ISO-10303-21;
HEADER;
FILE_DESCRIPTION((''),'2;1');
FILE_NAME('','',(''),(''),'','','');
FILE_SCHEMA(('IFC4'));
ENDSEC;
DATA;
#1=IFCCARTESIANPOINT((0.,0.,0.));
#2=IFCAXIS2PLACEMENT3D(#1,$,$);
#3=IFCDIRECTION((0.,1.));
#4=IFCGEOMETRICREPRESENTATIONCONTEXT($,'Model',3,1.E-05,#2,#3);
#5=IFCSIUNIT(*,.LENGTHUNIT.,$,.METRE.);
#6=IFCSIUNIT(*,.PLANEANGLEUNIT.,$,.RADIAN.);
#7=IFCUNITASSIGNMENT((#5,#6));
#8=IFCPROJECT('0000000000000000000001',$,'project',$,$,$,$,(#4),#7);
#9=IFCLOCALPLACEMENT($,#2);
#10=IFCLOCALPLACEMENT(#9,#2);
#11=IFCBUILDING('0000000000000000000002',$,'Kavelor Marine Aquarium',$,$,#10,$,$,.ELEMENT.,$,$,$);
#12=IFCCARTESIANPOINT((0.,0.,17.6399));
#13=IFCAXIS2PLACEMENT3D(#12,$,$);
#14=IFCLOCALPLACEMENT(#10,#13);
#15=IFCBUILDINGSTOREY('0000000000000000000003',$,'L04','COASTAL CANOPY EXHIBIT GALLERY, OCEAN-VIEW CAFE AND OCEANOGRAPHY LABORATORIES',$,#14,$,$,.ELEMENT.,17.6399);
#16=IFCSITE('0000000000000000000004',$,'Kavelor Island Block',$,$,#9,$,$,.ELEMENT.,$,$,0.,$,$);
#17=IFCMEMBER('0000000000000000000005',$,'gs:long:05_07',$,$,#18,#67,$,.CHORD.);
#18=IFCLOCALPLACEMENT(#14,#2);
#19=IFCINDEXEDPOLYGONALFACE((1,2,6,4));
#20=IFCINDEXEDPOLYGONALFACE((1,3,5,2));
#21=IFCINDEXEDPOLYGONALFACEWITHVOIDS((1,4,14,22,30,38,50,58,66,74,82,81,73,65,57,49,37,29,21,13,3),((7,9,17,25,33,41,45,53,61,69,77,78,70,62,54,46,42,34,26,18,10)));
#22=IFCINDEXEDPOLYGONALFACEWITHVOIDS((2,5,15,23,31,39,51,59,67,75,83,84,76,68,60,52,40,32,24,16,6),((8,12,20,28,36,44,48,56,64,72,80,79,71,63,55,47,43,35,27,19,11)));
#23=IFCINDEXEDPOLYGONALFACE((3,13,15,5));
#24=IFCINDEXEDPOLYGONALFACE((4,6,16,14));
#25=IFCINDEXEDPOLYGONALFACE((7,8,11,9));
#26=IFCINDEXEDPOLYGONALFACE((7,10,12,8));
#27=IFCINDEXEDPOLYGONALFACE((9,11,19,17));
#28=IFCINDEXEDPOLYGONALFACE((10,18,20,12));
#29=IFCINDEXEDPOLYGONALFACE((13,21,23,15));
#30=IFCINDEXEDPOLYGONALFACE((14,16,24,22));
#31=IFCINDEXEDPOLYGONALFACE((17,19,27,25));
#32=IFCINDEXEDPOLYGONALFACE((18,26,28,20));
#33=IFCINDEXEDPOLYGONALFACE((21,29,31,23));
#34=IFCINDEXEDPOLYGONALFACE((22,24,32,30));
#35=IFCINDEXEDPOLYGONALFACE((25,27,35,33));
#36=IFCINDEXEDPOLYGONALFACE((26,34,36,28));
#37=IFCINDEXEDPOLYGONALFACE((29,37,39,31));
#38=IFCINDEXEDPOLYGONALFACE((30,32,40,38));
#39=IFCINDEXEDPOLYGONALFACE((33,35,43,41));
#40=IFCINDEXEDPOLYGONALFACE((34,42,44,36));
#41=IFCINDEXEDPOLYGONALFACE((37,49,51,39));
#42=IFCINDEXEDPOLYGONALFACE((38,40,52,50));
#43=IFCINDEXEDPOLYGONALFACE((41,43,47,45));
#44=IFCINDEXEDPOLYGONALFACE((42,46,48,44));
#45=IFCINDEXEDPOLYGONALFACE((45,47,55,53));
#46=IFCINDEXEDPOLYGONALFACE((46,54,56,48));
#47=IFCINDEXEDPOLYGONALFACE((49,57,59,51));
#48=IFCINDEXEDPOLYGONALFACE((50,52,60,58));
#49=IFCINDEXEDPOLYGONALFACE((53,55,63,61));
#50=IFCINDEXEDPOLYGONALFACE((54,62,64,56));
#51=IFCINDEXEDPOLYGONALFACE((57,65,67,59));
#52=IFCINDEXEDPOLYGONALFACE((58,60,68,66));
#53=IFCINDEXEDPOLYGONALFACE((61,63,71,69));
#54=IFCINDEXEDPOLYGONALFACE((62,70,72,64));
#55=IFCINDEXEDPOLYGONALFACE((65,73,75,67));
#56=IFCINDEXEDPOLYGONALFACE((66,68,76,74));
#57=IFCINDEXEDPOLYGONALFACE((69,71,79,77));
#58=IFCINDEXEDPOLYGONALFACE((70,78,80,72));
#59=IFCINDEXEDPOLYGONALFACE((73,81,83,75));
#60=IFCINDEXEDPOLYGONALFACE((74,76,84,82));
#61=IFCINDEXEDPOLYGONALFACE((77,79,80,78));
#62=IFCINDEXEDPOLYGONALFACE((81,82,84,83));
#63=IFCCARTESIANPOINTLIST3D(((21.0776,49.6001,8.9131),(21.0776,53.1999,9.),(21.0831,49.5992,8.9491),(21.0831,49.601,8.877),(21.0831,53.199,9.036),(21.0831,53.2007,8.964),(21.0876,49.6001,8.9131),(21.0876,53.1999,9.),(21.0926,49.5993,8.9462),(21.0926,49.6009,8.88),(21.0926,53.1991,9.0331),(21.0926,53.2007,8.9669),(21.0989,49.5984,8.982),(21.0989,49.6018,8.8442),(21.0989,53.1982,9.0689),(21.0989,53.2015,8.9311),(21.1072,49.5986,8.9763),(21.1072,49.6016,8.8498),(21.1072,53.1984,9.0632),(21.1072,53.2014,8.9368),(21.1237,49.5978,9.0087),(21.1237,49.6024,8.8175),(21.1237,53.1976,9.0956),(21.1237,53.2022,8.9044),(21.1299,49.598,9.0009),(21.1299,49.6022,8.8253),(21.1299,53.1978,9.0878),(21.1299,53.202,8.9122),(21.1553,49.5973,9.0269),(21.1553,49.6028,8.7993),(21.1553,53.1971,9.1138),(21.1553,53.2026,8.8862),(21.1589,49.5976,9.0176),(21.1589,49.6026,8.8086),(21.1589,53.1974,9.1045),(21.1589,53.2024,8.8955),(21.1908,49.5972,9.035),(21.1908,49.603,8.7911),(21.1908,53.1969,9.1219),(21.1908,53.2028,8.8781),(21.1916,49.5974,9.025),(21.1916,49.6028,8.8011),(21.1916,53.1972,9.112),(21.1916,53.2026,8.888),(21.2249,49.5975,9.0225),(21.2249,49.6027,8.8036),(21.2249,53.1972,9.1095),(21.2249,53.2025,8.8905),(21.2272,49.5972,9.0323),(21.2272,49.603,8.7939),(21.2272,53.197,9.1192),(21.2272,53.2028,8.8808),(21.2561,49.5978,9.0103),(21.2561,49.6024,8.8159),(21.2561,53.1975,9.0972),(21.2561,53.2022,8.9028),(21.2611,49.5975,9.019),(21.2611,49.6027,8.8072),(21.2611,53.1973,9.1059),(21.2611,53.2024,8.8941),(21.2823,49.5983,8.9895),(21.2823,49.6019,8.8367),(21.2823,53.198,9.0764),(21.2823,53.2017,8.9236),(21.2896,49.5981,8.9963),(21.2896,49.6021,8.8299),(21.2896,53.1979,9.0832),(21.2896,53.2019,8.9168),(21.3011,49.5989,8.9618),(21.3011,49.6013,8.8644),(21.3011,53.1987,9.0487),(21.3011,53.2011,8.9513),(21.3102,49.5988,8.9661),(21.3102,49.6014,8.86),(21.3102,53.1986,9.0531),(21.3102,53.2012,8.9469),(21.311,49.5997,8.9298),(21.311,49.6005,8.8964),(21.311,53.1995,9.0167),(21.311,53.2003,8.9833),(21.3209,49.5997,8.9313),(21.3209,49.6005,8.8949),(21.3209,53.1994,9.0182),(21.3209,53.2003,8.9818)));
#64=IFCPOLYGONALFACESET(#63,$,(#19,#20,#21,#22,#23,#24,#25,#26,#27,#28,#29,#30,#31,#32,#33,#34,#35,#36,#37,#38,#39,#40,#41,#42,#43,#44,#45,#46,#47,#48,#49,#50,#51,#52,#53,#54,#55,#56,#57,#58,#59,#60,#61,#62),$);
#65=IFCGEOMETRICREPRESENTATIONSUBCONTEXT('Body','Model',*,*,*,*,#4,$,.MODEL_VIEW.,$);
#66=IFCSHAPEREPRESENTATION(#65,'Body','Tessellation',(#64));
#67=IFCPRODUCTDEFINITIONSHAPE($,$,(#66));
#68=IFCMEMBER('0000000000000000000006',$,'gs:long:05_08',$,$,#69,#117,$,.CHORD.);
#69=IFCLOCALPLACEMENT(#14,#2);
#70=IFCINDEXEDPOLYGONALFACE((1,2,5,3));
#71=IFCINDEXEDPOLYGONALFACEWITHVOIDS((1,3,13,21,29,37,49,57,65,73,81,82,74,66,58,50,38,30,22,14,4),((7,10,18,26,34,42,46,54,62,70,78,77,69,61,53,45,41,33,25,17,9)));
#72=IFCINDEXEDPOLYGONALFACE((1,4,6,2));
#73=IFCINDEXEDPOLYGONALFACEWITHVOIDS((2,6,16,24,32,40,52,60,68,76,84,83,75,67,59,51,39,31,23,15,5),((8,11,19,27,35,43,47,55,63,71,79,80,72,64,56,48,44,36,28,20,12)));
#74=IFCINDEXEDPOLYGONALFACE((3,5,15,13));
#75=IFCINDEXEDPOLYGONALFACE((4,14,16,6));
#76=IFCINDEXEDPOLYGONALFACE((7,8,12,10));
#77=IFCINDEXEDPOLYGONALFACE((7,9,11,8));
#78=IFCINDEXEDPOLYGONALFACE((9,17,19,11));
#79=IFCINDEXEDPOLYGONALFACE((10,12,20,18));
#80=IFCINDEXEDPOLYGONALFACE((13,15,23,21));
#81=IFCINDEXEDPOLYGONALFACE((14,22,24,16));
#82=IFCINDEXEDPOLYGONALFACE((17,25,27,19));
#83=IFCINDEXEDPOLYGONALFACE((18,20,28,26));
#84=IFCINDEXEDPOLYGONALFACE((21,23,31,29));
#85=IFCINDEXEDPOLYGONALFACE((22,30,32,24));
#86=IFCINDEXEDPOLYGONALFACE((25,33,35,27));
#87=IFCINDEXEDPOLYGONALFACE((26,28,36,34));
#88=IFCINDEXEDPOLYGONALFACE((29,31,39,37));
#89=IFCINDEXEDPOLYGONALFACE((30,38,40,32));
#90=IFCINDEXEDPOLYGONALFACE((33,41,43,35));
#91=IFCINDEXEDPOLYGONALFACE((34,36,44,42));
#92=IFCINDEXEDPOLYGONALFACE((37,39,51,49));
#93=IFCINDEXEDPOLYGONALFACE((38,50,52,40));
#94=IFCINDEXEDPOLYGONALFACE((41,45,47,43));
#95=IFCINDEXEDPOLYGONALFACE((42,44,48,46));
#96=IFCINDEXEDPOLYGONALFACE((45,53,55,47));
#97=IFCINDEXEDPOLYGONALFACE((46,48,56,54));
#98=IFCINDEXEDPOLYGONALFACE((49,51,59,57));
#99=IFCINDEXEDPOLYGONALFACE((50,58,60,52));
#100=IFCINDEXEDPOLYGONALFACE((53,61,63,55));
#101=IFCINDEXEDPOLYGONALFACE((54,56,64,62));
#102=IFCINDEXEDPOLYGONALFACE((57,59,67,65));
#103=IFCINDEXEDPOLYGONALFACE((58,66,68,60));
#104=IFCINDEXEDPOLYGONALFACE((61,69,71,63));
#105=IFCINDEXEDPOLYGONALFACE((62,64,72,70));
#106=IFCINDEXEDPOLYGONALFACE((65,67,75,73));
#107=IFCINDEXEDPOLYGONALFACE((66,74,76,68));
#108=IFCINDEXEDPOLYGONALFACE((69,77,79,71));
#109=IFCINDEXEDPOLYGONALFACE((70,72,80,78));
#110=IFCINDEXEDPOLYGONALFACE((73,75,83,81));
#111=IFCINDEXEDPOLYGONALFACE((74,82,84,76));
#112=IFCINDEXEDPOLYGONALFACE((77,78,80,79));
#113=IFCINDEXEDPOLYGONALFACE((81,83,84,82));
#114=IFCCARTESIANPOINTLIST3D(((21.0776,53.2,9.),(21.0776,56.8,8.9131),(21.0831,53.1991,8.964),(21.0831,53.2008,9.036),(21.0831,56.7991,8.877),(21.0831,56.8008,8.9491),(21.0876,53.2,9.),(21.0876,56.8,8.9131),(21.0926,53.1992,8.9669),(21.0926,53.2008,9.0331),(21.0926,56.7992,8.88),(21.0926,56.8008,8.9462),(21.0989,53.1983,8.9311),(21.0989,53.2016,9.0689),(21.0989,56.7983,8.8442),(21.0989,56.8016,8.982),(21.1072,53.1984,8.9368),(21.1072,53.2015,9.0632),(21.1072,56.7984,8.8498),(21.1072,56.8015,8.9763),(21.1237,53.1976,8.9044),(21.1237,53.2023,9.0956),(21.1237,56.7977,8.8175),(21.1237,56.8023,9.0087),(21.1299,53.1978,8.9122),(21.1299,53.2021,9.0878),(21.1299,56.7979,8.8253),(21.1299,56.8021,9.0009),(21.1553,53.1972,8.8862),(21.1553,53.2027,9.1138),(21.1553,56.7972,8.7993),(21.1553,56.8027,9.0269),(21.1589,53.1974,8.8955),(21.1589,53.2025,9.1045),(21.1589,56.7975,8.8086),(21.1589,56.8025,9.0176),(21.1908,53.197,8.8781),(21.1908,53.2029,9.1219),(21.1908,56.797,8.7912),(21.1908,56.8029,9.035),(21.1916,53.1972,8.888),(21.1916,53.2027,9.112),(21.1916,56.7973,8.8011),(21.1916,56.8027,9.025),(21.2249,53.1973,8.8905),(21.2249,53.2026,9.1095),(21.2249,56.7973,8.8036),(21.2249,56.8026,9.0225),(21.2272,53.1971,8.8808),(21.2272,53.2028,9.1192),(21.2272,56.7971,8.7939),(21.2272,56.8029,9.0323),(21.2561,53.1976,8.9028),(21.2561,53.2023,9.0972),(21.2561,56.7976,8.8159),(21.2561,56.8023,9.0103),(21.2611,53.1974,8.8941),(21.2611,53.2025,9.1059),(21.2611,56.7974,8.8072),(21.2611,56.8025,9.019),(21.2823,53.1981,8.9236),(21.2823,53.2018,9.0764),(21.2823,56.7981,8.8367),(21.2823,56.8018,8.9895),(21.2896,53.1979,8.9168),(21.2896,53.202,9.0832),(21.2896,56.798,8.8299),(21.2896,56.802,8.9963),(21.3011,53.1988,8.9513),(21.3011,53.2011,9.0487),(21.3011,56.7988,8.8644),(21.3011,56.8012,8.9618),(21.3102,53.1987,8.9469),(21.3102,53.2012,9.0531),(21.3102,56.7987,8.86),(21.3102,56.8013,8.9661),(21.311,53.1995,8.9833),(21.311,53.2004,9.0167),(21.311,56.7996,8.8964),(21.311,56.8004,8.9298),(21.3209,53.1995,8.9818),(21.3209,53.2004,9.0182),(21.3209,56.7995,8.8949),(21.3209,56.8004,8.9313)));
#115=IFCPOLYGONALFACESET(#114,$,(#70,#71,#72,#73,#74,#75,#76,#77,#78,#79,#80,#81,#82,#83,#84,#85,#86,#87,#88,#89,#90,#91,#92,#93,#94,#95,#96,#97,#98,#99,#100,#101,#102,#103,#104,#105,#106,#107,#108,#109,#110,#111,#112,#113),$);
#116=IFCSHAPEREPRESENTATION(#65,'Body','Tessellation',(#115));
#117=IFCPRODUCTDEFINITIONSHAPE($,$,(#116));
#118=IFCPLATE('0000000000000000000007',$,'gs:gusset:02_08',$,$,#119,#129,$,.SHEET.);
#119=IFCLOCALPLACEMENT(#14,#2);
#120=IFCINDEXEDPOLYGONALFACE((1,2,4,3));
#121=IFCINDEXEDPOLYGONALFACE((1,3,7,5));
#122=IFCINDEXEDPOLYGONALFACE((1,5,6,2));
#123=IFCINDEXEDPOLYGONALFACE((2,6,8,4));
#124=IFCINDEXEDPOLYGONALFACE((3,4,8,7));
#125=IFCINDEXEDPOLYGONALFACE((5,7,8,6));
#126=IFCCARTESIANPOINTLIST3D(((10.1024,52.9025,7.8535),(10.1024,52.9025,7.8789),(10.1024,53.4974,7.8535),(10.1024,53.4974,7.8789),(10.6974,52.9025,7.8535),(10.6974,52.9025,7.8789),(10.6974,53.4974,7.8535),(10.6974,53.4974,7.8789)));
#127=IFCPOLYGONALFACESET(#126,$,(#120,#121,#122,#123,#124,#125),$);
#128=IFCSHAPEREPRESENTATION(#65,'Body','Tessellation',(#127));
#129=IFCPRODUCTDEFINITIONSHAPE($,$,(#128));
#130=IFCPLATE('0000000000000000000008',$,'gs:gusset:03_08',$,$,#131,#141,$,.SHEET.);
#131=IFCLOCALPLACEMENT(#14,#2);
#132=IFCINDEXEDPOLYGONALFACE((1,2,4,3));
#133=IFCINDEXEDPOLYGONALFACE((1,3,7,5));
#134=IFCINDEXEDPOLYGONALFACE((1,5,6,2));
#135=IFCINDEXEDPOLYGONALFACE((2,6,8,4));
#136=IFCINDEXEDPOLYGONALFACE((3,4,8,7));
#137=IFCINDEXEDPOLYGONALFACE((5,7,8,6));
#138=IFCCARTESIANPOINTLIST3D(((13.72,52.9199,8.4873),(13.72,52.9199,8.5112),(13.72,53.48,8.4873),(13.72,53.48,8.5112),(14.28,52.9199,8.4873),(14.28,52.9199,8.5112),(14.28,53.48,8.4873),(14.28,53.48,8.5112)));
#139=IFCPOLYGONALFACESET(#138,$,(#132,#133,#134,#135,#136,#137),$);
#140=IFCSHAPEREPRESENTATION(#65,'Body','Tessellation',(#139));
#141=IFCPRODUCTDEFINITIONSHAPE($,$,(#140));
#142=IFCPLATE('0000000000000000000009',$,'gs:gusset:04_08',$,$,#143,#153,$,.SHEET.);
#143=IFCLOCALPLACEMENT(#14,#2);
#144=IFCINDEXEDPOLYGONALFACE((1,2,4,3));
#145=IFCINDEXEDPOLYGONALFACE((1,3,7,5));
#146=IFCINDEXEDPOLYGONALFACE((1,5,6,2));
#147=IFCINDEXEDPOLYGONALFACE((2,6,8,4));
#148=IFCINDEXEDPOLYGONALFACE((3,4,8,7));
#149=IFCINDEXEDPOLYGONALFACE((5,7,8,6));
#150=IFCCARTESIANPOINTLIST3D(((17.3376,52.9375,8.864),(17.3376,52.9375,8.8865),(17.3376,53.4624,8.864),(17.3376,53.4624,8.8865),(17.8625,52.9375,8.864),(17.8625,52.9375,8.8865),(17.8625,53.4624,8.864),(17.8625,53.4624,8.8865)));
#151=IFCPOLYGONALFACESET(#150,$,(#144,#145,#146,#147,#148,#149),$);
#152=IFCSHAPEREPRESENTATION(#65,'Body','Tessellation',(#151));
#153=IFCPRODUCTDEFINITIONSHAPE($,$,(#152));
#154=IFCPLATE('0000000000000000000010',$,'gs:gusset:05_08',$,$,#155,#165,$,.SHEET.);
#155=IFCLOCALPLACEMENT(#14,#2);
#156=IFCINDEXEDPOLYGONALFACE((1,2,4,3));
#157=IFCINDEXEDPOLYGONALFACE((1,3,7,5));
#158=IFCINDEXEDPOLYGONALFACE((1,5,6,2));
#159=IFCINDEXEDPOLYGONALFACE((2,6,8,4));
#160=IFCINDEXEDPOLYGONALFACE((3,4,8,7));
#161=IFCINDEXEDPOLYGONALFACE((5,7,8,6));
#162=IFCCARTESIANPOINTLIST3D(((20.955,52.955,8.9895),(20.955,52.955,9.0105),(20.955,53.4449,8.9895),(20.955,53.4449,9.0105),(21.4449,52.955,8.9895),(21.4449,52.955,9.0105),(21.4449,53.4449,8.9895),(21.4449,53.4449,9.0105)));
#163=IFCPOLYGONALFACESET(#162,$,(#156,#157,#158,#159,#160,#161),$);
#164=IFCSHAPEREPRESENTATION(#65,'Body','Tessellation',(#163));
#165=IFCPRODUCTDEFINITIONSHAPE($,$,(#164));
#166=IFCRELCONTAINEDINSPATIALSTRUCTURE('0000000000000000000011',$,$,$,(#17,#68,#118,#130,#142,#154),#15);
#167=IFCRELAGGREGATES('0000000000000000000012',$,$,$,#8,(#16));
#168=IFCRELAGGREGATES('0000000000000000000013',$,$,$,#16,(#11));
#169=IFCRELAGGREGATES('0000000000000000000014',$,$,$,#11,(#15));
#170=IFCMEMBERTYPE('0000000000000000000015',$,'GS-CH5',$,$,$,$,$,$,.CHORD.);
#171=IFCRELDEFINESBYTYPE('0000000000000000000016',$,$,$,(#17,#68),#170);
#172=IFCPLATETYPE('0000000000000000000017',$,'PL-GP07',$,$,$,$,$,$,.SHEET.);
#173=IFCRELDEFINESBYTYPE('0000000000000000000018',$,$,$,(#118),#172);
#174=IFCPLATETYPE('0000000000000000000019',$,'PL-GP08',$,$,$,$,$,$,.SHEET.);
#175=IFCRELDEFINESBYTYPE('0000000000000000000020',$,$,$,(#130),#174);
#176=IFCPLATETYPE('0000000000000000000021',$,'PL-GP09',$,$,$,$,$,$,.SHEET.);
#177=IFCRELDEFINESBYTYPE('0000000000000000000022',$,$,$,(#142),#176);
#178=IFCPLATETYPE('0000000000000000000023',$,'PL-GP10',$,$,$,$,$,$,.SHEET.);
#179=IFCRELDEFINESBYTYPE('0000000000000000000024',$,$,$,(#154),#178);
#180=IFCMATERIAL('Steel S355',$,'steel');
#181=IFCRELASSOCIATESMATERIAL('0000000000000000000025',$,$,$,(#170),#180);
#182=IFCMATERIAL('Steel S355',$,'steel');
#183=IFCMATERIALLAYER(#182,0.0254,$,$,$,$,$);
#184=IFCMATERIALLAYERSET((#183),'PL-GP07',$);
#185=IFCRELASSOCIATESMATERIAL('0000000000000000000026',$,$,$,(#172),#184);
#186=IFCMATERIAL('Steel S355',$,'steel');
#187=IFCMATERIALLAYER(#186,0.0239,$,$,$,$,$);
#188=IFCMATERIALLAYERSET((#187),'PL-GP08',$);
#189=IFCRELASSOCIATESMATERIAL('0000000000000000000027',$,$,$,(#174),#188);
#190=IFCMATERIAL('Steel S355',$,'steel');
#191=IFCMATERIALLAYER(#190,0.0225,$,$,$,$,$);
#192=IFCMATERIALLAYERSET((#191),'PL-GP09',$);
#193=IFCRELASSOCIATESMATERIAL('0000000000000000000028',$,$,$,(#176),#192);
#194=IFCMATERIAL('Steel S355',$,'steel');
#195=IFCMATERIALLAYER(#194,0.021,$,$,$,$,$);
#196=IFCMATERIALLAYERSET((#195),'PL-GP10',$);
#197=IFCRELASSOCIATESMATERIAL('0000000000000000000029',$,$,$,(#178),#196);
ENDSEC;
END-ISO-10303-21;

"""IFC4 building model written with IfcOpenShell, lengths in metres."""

from ifc_helpers import new_model, si_unit, direction, frame, origin, origin_2d, place, context, subcontext, project, spatial, rectangle, hollow_circle, extrude, material, layer, layer_set, material_profile, profile_set, type_object, element, save


model = new_model("IFC4")

# Units and contexts
model_context = context("Model", 3, precision=1e-05, world=origin(), true_north=direction((0.0, 1.0)))
body_context = subcontext(model_context, "Body", "Model", "MODEL_VIEW")
ifc_project = project(units=[si_unit("LENGTHUNIT", "METRE"), si_unit("PLANEANGLEUNIT", "RADIAN")], contexts=[model_context])

# Site, building, storey
site_placement = place(None, origin())
site = spatial("IfcSite", under=ifc_project, at=site_placement, Name="Kavelor Island Block", CompositionType="ELEMENT", RefElevation=0.0)
building_placement = place(site_placement, origin())
building = spatial("IfcBuilding", under=site, at=building_placement, Name="Kavelor Marine Aquarium", CompositionType="ELEMENT")
storey_placement = place(building_placement, frame((0.0, 0.0, 17.6399)))
storey = spatial("IfcBuildingStorey", under=building, at=storey_placement, Name="L04", Description="COASTAL CANOPY EXHIBIT GALLERY, OCEAN-VIEW CAFE AND OCEANOGRAPHY LABORATORIES", CompositionType="ELEMENT", Elevation=17.6399)

# Members
ifc_material_1 = material(Name="Steel S355", Category="steel")
ifc_material_profile_1 = material_profile(ifc_material_1, hollow_circle(Radius=0.1223, WallThickness=0.01, at=origin_2d()), Name="CHS 244.5x10.0")
ifc_profile_set_1 = profile_set([ifc_material_profile_1], Name="Steel S355")
member_type_1 = type_object("IfcMemberType", Name="GS-CH5", PredefinedType="CHORD", material=ifc_profile_set_1)
member_1_placement = place(storey_placement, frame((21.2, 49.6001, 8.9131), z_axis=(0.0, 0.999709, 0.024137), x_axis=(-1.0, 0.0, 0.0)))
element("IfcMember", 1, at=member_1_placement, inside=storey, type_object=member_type_1, Name="gs:long:05_07", PredefinedType="CHORD", context=body_context, shape_type="SweptSolid", body=[
    extrude(hollow_circle(Radius=0.1223, WallThickness=0.01, at=origin_2d()), origin(), (0.0, 0.0, 1.0), 3.6008),
])
member_2_placement = place(storey_placement, frame((21.2, 53.2, 9.0), z_axis=(0.0, 0.999709, -0.024135), x_axis=(-1.0, 0.0, 0.0)))
element("IfcMember", 2, at=member_2_placement, inside=storey, type_object=member_type_1, Name="gs:long:05_08", PredefinedType="CHORD", context=body_context, shape_type="SweptSolid", body=[
    extrude(hollow_circle(Radius=0.1223, WallThickness=0.01, at=origin_2d()), origin(), (0.0, 0.0, 1.0), 3.6011),
])

# Plates
ifc_material_2 = material(Name="Steel S355", Category="steel")
ifc_layer_1 = layer(ifc_material_2, 0.0254)
ifc_layer_set_1 = layer_set([ifc_layer_1], Name="PL-GP07")
plate_type_1 = type_object("IfcPlateType", Name="PL-GP07", PredefinedType="SHEET", material=ifc_layer_set_1)
plate_1_placement = place(storey_placement, frame((10.3999, 53.2, 7.8535), z_axis=(0.0, 0.0, 1.0), x_axis=(1.0, 0.0, 0.0)))
element("IfcPlate", 3, at=plate_1_placement, inside=storey, type_object=plate_type_1, Name="gs:gusset:02_08", PredefinedType="SHEET", context=body_context, shape_type="SweptSolid", body=[
    extrude(rectangle(XDim=0.595, YDim=0.595, at=origin_2d()), origin(), (0.0, 0.0, 1.0), 0.0254),
])
ifc_material_3 = material(Name="Steel S355", Category="steel")
ifc_layer_2 = layer(ifc_material_3, 0.0239)
ifc_layer_set_2 = layer_set([ifc_layer_2], Name="PL-GP08")
plate_type_2 = type_object("IfcPlateType", Name="PL-GP08", PredefinedType="SHEET", material=ifc_layer_set_2)
plate_2_placement = place(storey_placement, frame((14.0, 53.2, 8.4873), z_axis=(0.0, 0.0, 1.0), x_axis=(1.0, 0.0, 0.0)))
element("IfcPlate", 4, at=plate_2_placement, inside=storey, type_object=plate_type_2, Name="gs:gusset:03_08", PredefinedType="SHEET", context=body_context, shape_type="SweptSolid", body=[
    extrude(rectangle(XDim=0.5601, YDim=0.5601, at=origin_2d()), origin(), (0.0, 0.0, 1.0), 0.0239),
])
ifc_material_4 = material(Name="Steel S355", Category="steel")
ifc_layer_3 = layer(ifc_material_4, 0.0225)
ifc_layer_set_3 = layer_set([ifc_layer_3], Name="PL-GP09")
plate_type_3 = type_object("IfcPlateType", Name="PL-GP09", PredefinedType="SHEET", material=ifc_layer_set_3)
plate_3_placement = place(storey_placement, frame((17.6001, 53.2, 8.864), z_axis=(0.0, 0.0, 1.0), x_axis=(1.0, 0.0, 0.0)))
element("IfcPlate", 5, at=plate_3_placement, inside=storey, type_object=plate_type_3, Name="gs:gusset:04_08", PredefinedType="SHEET", context=body_context, shape_type="SweptSolid", body=[
    extrude(rectangle(XDim=0.5249, YDim=0.5249, at=origin_2d()), origin(), (0.0, 0.0, 1.0), 0.0225),
])
ifc_material_5 = material(Name="Steel S355", Category="steel")
ifc_layer_4 = layer(ifc_material_5, 0.021)
ifc_layer_set_4 = layer_set([ifc_layer_4], Name="PL-GP10")
plate_type_4 = type_object("IfcPlateType", Name="PL-GP10", PredefinedType="SHEET", material=ifc_layer_set_4)
plate_4_placement = place(storey_placement, frame((21.2, 53.2, 8.9895), z_axis=(0.0, 0.0, 1.0), x_axis=(1.0, 0.0, 0.0)))
element("IfcPlate", 6, at=plate_4_placement, inside=storey, type_object=plate_type_4, Name="gs:gusset:05_08", PredefinedType="SHEET", context=body_context, shape_type="SweptSolid", body=[
    extrude(rectangle(XDim=0.49, YDim=0.49, at=origin_2d()), origin(), (0.0, 0.0, 1.0), 0.021),
])

save(model, "model.ifc")
